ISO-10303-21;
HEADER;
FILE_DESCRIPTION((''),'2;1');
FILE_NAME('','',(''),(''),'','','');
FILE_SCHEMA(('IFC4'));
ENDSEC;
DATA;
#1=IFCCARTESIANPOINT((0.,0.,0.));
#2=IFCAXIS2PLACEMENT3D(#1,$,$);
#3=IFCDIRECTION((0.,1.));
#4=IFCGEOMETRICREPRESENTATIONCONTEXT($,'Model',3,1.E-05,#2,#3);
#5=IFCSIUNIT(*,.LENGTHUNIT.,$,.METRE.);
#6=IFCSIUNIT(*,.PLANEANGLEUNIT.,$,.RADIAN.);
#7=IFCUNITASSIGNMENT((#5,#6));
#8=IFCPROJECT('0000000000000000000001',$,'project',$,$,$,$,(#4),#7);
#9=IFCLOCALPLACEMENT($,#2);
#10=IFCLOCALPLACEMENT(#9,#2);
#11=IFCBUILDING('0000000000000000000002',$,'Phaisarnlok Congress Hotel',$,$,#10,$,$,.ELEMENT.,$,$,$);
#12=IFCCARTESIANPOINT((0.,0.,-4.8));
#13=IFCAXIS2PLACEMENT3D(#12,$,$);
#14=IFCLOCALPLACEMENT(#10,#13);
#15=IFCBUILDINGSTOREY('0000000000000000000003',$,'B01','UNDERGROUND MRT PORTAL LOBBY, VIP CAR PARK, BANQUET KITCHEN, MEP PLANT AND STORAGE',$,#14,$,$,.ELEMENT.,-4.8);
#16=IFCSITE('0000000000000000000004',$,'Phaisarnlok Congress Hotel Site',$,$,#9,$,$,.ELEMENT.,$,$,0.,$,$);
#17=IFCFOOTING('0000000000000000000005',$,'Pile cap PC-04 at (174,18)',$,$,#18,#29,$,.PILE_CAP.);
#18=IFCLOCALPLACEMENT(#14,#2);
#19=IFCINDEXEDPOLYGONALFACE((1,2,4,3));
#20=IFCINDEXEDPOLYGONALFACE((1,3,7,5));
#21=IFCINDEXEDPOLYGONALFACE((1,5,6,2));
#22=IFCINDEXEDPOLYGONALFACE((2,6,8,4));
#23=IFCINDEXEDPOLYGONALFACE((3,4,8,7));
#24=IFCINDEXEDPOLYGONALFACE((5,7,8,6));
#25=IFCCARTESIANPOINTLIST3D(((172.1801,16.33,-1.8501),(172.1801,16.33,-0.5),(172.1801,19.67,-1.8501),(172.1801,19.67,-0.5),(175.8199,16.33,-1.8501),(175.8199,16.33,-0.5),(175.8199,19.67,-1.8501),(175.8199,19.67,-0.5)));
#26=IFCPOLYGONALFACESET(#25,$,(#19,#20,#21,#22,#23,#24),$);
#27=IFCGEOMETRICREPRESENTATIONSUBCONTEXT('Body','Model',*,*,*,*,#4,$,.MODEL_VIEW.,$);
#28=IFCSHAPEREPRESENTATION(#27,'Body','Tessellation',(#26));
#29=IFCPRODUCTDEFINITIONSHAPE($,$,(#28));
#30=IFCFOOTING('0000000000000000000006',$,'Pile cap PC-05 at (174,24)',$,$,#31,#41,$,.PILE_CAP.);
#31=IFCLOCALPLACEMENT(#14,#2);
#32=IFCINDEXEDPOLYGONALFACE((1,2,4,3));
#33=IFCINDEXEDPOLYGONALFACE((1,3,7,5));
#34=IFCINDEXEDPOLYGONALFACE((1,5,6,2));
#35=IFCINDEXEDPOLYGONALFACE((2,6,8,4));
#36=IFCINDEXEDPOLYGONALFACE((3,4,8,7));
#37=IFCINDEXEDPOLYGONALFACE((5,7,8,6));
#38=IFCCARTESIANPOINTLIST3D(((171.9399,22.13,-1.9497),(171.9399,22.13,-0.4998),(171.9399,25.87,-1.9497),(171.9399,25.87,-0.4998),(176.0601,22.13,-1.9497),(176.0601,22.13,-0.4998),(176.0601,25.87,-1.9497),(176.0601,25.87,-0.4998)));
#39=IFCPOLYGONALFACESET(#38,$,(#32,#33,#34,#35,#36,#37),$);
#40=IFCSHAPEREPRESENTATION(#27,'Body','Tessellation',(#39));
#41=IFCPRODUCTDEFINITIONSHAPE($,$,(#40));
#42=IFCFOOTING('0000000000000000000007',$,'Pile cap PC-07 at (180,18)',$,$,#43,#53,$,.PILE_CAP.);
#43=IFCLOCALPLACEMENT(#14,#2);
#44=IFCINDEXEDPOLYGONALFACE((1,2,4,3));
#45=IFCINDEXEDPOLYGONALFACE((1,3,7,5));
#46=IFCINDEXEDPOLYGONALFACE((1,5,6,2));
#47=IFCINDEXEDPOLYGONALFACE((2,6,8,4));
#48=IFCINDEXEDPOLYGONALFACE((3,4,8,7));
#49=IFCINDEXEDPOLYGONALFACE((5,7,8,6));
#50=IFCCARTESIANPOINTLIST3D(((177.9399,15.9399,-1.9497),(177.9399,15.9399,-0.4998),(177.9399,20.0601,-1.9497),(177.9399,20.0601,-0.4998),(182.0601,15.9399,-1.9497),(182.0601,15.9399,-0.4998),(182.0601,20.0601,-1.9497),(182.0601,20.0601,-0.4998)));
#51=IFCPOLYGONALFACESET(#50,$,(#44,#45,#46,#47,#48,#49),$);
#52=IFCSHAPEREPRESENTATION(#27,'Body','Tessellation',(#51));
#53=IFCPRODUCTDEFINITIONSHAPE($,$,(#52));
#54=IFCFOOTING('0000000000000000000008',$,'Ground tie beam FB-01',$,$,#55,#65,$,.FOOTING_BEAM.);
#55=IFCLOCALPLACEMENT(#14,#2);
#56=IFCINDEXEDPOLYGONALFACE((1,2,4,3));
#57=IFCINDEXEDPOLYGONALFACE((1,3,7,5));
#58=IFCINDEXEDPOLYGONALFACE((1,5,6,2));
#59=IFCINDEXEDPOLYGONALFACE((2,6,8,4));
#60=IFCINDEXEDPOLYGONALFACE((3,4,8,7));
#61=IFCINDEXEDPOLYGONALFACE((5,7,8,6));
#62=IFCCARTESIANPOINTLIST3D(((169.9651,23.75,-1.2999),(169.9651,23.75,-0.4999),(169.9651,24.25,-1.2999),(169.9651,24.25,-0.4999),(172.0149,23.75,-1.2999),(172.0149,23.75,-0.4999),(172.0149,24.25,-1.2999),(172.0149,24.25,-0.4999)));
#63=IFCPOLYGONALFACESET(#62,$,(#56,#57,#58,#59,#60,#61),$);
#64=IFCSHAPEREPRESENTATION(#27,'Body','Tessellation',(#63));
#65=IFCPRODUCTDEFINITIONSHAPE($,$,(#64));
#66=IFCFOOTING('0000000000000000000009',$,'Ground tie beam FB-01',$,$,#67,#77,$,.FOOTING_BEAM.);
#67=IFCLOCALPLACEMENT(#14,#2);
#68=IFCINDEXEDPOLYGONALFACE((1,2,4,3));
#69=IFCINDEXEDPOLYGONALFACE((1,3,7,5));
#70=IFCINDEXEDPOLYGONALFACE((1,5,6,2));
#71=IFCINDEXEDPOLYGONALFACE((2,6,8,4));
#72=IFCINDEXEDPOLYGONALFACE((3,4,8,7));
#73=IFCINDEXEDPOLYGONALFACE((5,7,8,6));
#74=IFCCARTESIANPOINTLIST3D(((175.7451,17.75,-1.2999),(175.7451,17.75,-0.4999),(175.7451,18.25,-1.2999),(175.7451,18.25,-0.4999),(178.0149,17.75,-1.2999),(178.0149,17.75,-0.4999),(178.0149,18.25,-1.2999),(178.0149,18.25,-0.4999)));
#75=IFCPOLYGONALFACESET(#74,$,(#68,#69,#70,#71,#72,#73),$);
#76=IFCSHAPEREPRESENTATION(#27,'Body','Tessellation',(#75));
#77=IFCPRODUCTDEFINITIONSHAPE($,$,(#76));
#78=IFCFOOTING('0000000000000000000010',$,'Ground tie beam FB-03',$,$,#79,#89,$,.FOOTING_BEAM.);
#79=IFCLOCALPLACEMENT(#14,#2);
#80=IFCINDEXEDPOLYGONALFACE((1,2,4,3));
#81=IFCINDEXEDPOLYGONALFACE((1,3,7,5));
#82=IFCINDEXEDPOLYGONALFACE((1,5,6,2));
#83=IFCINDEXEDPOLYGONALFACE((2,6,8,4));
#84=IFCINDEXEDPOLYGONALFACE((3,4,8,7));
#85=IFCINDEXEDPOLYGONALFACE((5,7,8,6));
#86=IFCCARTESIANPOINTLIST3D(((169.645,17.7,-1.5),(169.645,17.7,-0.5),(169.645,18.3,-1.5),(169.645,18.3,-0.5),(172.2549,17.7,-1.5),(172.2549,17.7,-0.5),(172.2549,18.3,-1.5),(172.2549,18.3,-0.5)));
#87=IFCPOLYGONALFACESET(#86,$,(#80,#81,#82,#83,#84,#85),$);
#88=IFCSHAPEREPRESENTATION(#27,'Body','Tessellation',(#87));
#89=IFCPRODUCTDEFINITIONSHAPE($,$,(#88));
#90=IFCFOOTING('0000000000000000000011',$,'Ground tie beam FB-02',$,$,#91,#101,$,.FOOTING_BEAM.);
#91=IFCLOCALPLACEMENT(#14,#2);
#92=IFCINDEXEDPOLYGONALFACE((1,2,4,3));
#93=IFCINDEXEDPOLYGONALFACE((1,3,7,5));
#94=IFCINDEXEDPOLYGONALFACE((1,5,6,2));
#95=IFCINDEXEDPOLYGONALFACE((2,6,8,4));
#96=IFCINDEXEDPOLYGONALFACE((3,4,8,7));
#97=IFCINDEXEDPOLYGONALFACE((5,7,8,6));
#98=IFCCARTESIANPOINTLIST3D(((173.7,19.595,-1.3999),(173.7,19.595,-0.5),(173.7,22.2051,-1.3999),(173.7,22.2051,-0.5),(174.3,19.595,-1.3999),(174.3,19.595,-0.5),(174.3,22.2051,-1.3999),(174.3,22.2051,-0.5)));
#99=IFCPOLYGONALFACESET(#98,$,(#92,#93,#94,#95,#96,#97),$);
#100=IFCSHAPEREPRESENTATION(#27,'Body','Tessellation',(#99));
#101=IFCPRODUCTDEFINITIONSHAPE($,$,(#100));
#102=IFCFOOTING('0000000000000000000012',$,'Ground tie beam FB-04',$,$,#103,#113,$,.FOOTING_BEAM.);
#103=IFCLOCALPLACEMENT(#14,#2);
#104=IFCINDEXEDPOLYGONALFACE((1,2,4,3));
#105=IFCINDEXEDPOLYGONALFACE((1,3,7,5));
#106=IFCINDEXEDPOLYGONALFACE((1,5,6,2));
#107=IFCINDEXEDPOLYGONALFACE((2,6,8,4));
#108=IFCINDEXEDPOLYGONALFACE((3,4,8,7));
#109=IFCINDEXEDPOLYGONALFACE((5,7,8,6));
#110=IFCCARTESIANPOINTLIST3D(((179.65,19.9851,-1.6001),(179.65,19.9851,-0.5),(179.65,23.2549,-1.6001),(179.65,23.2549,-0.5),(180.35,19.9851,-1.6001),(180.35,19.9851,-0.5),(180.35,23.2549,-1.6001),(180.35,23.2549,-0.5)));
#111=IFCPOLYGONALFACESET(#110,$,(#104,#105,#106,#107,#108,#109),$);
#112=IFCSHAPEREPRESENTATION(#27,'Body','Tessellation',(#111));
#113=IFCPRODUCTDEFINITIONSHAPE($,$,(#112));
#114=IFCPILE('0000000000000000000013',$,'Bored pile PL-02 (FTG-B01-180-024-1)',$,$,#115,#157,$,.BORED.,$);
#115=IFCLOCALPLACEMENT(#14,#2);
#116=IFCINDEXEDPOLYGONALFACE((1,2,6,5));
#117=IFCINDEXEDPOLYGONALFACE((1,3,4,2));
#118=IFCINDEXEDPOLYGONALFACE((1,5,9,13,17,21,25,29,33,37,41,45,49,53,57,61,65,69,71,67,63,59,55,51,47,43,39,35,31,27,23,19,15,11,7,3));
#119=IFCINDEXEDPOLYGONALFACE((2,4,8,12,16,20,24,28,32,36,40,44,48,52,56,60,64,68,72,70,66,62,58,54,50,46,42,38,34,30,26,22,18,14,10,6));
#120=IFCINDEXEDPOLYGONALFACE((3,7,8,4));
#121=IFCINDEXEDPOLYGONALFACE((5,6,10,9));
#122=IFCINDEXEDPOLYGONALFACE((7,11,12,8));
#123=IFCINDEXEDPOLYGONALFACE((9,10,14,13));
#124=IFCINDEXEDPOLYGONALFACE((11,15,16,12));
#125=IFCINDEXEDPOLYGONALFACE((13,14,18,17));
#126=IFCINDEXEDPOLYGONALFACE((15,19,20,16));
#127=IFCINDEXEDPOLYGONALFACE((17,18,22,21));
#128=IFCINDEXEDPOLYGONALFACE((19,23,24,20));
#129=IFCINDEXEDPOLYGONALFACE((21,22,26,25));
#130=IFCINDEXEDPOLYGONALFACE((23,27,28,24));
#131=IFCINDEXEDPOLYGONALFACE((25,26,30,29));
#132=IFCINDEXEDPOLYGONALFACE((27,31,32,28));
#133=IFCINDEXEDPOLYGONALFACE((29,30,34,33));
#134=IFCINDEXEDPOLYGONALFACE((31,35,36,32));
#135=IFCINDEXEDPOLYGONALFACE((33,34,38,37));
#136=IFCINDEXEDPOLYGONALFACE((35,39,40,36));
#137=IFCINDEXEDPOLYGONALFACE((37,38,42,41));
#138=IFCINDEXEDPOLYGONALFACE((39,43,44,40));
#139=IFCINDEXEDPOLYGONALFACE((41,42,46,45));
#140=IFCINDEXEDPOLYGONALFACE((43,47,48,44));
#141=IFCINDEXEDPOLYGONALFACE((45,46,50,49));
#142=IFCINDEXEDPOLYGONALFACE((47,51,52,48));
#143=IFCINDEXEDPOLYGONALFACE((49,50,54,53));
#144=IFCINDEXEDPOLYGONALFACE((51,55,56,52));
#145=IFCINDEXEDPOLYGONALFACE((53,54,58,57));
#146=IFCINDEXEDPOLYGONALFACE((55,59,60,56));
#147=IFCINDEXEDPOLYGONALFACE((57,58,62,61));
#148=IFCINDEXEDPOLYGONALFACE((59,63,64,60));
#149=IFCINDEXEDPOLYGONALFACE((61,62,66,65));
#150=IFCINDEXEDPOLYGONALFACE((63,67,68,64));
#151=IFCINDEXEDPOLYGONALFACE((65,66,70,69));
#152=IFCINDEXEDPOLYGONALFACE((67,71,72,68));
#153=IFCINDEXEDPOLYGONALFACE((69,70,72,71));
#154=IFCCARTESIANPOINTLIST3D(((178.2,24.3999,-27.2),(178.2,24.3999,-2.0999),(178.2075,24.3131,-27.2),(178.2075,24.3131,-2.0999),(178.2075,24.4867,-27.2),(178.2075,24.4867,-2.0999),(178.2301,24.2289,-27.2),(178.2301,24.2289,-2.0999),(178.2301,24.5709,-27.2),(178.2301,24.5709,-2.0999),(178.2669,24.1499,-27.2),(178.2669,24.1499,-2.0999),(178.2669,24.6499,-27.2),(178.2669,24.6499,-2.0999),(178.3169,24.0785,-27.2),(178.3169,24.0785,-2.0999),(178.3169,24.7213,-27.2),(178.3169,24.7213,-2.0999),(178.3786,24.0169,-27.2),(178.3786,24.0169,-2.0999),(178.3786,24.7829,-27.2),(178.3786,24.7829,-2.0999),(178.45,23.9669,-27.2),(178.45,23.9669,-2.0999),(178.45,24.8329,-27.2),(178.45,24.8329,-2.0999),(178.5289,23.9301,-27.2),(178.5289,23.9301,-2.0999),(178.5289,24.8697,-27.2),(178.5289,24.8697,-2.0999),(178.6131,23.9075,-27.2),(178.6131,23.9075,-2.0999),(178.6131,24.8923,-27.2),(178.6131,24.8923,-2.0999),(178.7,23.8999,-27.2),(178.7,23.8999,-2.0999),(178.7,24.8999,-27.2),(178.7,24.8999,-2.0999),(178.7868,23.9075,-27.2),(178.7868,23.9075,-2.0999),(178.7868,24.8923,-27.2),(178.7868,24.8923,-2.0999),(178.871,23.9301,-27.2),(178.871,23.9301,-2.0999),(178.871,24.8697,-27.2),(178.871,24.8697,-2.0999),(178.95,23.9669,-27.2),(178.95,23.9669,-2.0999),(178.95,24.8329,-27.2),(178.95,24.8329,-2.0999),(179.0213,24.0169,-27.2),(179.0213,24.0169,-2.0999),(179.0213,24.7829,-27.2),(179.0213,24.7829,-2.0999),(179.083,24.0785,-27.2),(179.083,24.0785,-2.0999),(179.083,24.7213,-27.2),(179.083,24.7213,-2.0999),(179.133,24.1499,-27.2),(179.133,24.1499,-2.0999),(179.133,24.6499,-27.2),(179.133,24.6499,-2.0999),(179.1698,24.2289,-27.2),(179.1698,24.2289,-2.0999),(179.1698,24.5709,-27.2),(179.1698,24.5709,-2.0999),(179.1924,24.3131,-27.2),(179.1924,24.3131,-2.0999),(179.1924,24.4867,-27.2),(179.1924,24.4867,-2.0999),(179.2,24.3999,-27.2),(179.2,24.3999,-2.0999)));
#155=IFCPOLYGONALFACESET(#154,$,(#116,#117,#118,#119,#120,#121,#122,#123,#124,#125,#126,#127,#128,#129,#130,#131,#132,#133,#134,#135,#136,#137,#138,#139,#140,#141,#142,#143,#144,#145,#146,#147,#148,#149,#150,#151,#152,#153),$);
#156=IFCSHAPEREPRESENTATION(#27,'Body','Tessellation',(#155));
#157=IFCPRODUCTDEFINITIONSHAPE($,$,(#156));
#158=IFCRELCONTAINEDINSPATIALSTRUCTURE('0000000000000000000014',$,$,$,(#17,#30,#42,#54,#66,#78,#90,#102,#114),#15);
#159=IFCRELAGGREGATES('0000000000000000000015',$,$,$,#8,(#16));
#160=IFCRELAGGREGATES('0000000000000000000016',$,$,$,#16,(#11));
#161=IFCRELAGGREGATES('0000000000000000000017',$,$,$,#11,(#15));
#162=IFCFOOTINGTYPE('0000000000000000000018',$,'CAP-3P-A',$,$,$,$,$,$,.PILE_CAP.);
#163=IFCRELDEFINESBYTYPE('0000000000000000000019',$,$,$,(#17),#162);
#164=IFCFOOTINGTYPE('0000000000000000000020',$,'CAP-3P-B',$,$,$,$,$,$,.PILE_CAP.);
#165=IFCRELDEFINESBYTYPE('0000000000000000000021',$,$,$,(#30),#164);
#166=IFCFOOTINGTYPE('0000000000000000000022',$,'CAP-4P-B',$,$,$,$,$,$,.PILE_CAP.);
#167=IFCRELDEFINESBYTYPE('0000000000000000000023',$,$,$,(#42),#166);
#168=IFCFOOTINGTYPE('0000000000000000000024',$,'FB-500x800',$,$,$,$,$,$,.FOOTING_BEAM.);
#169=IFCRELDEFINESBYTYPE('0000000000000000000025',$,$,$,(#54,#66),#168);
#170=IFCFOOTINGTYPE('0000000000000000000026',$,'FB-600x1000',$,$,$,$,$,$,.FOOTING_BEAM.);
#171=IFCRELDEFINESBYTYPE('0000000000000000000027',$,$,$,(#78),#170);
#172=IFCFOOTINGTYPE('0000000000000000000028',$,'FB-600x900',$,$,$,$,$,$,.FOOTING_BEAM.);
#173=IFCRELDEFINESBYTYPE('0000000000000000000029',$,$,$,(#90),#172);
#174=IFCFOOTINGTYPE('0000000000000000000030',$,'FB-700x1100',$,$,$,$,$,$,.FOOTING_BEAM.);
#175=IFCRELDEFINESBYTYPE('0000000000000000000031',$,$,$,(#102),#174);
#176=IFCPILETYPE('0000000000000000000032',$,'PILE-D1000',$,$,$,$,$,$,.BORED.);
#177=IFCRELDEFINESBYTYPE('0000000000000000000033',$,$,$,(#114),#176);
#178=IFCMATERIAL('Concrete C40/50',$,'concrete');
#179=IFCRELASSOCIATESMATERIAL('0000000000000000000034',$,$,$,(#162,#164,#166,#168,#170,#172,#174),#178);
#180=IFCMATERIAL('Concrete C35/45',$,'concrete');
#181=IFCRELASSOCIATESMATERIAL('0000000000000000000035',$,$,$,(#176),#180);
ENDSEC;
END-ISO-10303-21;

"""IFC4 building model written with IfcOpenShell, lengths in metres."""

from ifc_helpers import new_model, si_unit, direction, frame, origin, origin_2d, place, context, subcontext, project, spatial, rectangle, circle, extrude, material, material_profile, profile_set, type_object, element, save


model = new_model("IFC4")

# Units and contexts
model_context = context("Model", 3, precision=1e-05, world=origin(), true_north=direction((0.0, 1.0)))
body_context = subcontext(model_context, "Body", "Model", "MODEL_VIEW")
ifc_project = project(units=[si_unit("LENGTHUNIT", "METRE"), si_unit("PLANEANGLEUNIT", "RADIAN")], contexts=[model_context])

# Site, building, storey
site_placement = place(None, origin())
site = spatial("IfcSite", under=ifc_project, at=site_placement, Name="Phaisarnlok Congress Hotel Site", CompositionType="ELEMENT", RefElevation=0.0)
building_placement = place(site_placement, origin())
building = spatial("IfcBuilding", under=site, at=building_placement, Name="Phaisarnlok Congress Hotel", CompositionType="ELEMENT")
storey_placement = place(building_placement, frame((0.0, 0.0, -4.8)))
storey = spatial("IfcBuildingStorey", under=building, at=storey_placement, Name="B01", Description="UNDERGROUND MRT PORTAL LOBBY, VIP CAR PARK, BANQUET KITCHEN, MEP PLANT AND STORAGE", CompositionType="ELEMENT", Elevation=-4.8)

# Footings
ifc_material_1 = material(Name="Concrete C40/50", Category="concrete")
footing_type_1 = type_object("IfcFootingType", Name="CAP-3P-A", PredefinedType="PILE_CAP", material=ifc_material_1)
footing_1_placement = place(storey_placement, frame((174.0, 18.0, -1.8501), z_axis=(0.0, 0.0, 1.0), x_axis=(1.0, 0.0, 0.0)))
element("IfcFooting", 1, at=footing_1_placement, inside=storey, type_object=footing_type_1, Name="Pile cap PC-04 at (174,18)", PredefinedType="PILE_CAP", context=body_context, shape_type="SweptSolid", body=[
    extrude(rectangle(XDim=3.6399, YDim=3.3401, at=origin_2d()), origin(), (0.0, 0.0, 1.0), 1.3501),
])
footing_type_2 = type_object("IfcFootingType", Name="CAP-3P-B", PredefinedType="PILE_CAP", material=ifc_material_1)
footing_2_placement = place(storey_placement, frame((174.0, 24.0, -1.9497), z_axis=(0.0, 0.0, 1.0), x_axis=(1.0, 0.0, 0.0)))
element("IfcFooting", 2, at=footing_2_placement, inside=storey, type_object=footing_type_2, Name="Pile cap PC-05 at (174,24)", PredefinedType="PILE_CAP", context=body_context, shape_type="SweptSolid", body=[
    extrude(rectangle(XDim=4.1201, YDim=3.74, at=origin_2d()), origin(), (0.0, 0.0, 1.0), 1.45),
])
footing_type_3 = type_object("IfcFootingType", Name="CAP-4P-B", PredefinedType="PILE_CAP", material=ifc_material_1)
footing_3_placement = place(storey_placement, frame((180.0, 18.0, -1.9497), z_axis=(0.0, 0.0, 1.0), x_axis=(1.0, 0.0, 0.0)))
element("IfcFooting", 3, at=footing_3_placement, inside=storey, type_object=footing_type_3, Name="Pile cap PC-07 at (180,18)", PredefinedType="PILE_CAP", context=body_context, shape_type="SweptSolid", body=[
    extrude(rectangle(XDim=4.1201, YDim=4.1201, at=origin_2d()), origin(), (0.0, 0.0, 1.0), 1.45),
])
ifc_material_profile_1 = material_profile(ifc_material_1, rectangle(XDim=0.5, YDim=0.8, at=origin_2d()), Name="FB-500x800")
ifc_profile_set_1 = profile_set([ifc_material_profile_1], Name="Concrete C40/50")
footing_type_4 = type_object("IfcFootingType", Name="FB-500x800", PredefinedType="FOOTING_BEAM", material=ifc_profile_set_1)
footing_4_placement = place(storey_placement, frame((169.9651, 24.0, -0.8999), z_axis=(1.0, 0.0, 0.0), x_axis=(0.0, 1.0, 0.0)))
element("IfcFooting", 4, at=footing_4_placement, inside=storey, type_object=footing_type_4, Name="Ground tie beam FB-01", PredefinedType="FOOTING_BEAM", context=body_context, shape_type="SweptSolid", body=[
    extrude(rectangle(XDim=0.5, YDim=0.8, at=origin_2d()), origin(), (0.0, 0.0, 1.0), 2.0498),
])
footing_5_placement = place(storey_placement, frame((175.7451, 18.0, -0.8999), z_axis=(1.0, 0.0, 0.0), x_axis=(0.0, 1.0, 0.0)))
element("IfcFooting", 5, at=footing_5_placement, inside=storey, type_object=footing_type_4, Name="Ground tie beam FB-01", PredefinedType="FOOTING_BEAM", context=body_context, shape_type="SweptSolid", body=[
    extrude(rectangle(XDim=0.5, YDim=0.8, at=origin_2d()), origin(), (0.0, 0.0, 1.0), 2.2698),
])
ifc_material_profile_2 = material_profile(ifc_material_1, rectangle(XDim=0.6001, YDim=1.0, at=origin_2d()), Name="FB-600x1000")
ifc_profile_set_2 = profile_set([ifc_material_profile_2], Name="Concrete C40/50")
footing_type_5 = type_object("IfcFootingType", Name="FB-600x1000", PredefinedType="FOOTING_BEAM", material=ifc_profile_set_2)
footing_6_placement = place(storey_placement, frame((169.645, 18.0, -1.0), z_axis=(1.0, 0.0, 0.0), x_axis=(0.0, 1.0, 0.0)))
element("IfcFooting", 6, at=footing_6_placement, inside=storey, type_object=footing_type_5, Name="Ground tie beam FB-03", PredefinedType="FOOTING_BEAM", context=body_context, shape_type="SweptSolid", body=[
    extrude(rectangle(XDim=0.6001, YDim=1.0, at=origin_2d()), origin(), (0.0, 0.0, 1.0), 2.6099),
])
ifc_material_profile_3 = material_profile(ifc_material_1, rectangle(XDim=0.6001, YDim=0.8999, at=origin_2d()), Name="FB-600x900")
ifc_profile_set_3 = profile_set([ifc_material_profile_3], Name="Concrete C40/50")
footing_type_6 = type_object("IfcFootingType", Name="FB-600x900", PredefinedType="FOOTING_BEAM", material=ifc_profile_set_3)
footing_7_placement = place(storey_placement, frame((174.0, 19.595, -0.95), z_axis=(0.0, 1.0, 0.0), x_axis=(-1.0, 0.0, 0.0)))
element("IfcFooting", 7, at=footing_7_placement, inside=storey, type_object=footing_type_6, Name="Ground tie beam FB-02", PredefinedType="FOOTING_BEAM", context=body_context, shape_type="SweptSolid", body=[
    extrude(rectangle(XDim=0.6001, YDim=0.8999, at=origin_2d()), origin(), (0.0, 0.0, 1.0), 2.6101),
])
ifc_material_profile_4 = material_profile(ifc_material_1, rectangle(XDim=0.7, YDim=1.1001, at=origin_2d()), Name="FB-700x1100")
ifc_profile_set_4 = profile_set([ifc_material_profile_4], Name="Concrete C40/50")
footing_type_7 = type_object("IfcFootingType", Name="FB-700x1100", PredefinedType="FOOTING_BEAM", material=ifc_profile_set_4)
footing_8_placement = place(storey_placement, frame((180.0, 19.9851, -1.05), z_axis=(0.0, 1.0, 0.0), x_axis=(-1.0, 0.0, 0.0)))
element("IfcFooting", 8, at=footing_8_placement, inside=storey, type_object=footing_type_7, Name="Ground tie beam FB-04", PredefinedType="FOOTING_BEAM", context=body_context, shape_type="SweptSolid", body=[
    extrude(rectangle(XDim=0.7, YDim=1.1001, at=origin_2d()), origin(), (0.0, 0.0, 1.0), 3.2698),
])

# Pile
ifc_material_2 = material(Name="Concrete C35/45", Category="concrete")
ifc_material_profile_5 = material_profile(ifc_material_2, circle(Radius=0.5, at=origin_2d()), Name="BORED PILE D1000")
ifc_profile_set_5 = profile_set([ifc_material_profile_5], Name="Concrete C35/45")
pile_type_1 = type_object("IfcPileType", Name="PILE-D1000", PredefinedType="BORED", material=ifc_profile_set_5)
for number, where, z_axis, x_axis, name in (
    (9, (178.7, 24.3999, -2.0999), (0.0, 0.0, -1.0), (1.0, 0.0, 0.0), "Bored pile PL-02 (FTG-B01-180-024-1)"),
):
    element("IfcPile", number, at=place(storey_placement, frame(where, z_axis=z_axis, x_axis=x_axis)), inside=storey, type_object=pile_type_1, Name=name, PredefinedType="BORED", context=body_context, shape_type="SweptSolid", body=[
        extrude(circle(Radius=0.5, at=origin_2d()), origin(), (0.0, 0.0, 1.0), 25.1001),
    ])

save(model, "model.ifc")
